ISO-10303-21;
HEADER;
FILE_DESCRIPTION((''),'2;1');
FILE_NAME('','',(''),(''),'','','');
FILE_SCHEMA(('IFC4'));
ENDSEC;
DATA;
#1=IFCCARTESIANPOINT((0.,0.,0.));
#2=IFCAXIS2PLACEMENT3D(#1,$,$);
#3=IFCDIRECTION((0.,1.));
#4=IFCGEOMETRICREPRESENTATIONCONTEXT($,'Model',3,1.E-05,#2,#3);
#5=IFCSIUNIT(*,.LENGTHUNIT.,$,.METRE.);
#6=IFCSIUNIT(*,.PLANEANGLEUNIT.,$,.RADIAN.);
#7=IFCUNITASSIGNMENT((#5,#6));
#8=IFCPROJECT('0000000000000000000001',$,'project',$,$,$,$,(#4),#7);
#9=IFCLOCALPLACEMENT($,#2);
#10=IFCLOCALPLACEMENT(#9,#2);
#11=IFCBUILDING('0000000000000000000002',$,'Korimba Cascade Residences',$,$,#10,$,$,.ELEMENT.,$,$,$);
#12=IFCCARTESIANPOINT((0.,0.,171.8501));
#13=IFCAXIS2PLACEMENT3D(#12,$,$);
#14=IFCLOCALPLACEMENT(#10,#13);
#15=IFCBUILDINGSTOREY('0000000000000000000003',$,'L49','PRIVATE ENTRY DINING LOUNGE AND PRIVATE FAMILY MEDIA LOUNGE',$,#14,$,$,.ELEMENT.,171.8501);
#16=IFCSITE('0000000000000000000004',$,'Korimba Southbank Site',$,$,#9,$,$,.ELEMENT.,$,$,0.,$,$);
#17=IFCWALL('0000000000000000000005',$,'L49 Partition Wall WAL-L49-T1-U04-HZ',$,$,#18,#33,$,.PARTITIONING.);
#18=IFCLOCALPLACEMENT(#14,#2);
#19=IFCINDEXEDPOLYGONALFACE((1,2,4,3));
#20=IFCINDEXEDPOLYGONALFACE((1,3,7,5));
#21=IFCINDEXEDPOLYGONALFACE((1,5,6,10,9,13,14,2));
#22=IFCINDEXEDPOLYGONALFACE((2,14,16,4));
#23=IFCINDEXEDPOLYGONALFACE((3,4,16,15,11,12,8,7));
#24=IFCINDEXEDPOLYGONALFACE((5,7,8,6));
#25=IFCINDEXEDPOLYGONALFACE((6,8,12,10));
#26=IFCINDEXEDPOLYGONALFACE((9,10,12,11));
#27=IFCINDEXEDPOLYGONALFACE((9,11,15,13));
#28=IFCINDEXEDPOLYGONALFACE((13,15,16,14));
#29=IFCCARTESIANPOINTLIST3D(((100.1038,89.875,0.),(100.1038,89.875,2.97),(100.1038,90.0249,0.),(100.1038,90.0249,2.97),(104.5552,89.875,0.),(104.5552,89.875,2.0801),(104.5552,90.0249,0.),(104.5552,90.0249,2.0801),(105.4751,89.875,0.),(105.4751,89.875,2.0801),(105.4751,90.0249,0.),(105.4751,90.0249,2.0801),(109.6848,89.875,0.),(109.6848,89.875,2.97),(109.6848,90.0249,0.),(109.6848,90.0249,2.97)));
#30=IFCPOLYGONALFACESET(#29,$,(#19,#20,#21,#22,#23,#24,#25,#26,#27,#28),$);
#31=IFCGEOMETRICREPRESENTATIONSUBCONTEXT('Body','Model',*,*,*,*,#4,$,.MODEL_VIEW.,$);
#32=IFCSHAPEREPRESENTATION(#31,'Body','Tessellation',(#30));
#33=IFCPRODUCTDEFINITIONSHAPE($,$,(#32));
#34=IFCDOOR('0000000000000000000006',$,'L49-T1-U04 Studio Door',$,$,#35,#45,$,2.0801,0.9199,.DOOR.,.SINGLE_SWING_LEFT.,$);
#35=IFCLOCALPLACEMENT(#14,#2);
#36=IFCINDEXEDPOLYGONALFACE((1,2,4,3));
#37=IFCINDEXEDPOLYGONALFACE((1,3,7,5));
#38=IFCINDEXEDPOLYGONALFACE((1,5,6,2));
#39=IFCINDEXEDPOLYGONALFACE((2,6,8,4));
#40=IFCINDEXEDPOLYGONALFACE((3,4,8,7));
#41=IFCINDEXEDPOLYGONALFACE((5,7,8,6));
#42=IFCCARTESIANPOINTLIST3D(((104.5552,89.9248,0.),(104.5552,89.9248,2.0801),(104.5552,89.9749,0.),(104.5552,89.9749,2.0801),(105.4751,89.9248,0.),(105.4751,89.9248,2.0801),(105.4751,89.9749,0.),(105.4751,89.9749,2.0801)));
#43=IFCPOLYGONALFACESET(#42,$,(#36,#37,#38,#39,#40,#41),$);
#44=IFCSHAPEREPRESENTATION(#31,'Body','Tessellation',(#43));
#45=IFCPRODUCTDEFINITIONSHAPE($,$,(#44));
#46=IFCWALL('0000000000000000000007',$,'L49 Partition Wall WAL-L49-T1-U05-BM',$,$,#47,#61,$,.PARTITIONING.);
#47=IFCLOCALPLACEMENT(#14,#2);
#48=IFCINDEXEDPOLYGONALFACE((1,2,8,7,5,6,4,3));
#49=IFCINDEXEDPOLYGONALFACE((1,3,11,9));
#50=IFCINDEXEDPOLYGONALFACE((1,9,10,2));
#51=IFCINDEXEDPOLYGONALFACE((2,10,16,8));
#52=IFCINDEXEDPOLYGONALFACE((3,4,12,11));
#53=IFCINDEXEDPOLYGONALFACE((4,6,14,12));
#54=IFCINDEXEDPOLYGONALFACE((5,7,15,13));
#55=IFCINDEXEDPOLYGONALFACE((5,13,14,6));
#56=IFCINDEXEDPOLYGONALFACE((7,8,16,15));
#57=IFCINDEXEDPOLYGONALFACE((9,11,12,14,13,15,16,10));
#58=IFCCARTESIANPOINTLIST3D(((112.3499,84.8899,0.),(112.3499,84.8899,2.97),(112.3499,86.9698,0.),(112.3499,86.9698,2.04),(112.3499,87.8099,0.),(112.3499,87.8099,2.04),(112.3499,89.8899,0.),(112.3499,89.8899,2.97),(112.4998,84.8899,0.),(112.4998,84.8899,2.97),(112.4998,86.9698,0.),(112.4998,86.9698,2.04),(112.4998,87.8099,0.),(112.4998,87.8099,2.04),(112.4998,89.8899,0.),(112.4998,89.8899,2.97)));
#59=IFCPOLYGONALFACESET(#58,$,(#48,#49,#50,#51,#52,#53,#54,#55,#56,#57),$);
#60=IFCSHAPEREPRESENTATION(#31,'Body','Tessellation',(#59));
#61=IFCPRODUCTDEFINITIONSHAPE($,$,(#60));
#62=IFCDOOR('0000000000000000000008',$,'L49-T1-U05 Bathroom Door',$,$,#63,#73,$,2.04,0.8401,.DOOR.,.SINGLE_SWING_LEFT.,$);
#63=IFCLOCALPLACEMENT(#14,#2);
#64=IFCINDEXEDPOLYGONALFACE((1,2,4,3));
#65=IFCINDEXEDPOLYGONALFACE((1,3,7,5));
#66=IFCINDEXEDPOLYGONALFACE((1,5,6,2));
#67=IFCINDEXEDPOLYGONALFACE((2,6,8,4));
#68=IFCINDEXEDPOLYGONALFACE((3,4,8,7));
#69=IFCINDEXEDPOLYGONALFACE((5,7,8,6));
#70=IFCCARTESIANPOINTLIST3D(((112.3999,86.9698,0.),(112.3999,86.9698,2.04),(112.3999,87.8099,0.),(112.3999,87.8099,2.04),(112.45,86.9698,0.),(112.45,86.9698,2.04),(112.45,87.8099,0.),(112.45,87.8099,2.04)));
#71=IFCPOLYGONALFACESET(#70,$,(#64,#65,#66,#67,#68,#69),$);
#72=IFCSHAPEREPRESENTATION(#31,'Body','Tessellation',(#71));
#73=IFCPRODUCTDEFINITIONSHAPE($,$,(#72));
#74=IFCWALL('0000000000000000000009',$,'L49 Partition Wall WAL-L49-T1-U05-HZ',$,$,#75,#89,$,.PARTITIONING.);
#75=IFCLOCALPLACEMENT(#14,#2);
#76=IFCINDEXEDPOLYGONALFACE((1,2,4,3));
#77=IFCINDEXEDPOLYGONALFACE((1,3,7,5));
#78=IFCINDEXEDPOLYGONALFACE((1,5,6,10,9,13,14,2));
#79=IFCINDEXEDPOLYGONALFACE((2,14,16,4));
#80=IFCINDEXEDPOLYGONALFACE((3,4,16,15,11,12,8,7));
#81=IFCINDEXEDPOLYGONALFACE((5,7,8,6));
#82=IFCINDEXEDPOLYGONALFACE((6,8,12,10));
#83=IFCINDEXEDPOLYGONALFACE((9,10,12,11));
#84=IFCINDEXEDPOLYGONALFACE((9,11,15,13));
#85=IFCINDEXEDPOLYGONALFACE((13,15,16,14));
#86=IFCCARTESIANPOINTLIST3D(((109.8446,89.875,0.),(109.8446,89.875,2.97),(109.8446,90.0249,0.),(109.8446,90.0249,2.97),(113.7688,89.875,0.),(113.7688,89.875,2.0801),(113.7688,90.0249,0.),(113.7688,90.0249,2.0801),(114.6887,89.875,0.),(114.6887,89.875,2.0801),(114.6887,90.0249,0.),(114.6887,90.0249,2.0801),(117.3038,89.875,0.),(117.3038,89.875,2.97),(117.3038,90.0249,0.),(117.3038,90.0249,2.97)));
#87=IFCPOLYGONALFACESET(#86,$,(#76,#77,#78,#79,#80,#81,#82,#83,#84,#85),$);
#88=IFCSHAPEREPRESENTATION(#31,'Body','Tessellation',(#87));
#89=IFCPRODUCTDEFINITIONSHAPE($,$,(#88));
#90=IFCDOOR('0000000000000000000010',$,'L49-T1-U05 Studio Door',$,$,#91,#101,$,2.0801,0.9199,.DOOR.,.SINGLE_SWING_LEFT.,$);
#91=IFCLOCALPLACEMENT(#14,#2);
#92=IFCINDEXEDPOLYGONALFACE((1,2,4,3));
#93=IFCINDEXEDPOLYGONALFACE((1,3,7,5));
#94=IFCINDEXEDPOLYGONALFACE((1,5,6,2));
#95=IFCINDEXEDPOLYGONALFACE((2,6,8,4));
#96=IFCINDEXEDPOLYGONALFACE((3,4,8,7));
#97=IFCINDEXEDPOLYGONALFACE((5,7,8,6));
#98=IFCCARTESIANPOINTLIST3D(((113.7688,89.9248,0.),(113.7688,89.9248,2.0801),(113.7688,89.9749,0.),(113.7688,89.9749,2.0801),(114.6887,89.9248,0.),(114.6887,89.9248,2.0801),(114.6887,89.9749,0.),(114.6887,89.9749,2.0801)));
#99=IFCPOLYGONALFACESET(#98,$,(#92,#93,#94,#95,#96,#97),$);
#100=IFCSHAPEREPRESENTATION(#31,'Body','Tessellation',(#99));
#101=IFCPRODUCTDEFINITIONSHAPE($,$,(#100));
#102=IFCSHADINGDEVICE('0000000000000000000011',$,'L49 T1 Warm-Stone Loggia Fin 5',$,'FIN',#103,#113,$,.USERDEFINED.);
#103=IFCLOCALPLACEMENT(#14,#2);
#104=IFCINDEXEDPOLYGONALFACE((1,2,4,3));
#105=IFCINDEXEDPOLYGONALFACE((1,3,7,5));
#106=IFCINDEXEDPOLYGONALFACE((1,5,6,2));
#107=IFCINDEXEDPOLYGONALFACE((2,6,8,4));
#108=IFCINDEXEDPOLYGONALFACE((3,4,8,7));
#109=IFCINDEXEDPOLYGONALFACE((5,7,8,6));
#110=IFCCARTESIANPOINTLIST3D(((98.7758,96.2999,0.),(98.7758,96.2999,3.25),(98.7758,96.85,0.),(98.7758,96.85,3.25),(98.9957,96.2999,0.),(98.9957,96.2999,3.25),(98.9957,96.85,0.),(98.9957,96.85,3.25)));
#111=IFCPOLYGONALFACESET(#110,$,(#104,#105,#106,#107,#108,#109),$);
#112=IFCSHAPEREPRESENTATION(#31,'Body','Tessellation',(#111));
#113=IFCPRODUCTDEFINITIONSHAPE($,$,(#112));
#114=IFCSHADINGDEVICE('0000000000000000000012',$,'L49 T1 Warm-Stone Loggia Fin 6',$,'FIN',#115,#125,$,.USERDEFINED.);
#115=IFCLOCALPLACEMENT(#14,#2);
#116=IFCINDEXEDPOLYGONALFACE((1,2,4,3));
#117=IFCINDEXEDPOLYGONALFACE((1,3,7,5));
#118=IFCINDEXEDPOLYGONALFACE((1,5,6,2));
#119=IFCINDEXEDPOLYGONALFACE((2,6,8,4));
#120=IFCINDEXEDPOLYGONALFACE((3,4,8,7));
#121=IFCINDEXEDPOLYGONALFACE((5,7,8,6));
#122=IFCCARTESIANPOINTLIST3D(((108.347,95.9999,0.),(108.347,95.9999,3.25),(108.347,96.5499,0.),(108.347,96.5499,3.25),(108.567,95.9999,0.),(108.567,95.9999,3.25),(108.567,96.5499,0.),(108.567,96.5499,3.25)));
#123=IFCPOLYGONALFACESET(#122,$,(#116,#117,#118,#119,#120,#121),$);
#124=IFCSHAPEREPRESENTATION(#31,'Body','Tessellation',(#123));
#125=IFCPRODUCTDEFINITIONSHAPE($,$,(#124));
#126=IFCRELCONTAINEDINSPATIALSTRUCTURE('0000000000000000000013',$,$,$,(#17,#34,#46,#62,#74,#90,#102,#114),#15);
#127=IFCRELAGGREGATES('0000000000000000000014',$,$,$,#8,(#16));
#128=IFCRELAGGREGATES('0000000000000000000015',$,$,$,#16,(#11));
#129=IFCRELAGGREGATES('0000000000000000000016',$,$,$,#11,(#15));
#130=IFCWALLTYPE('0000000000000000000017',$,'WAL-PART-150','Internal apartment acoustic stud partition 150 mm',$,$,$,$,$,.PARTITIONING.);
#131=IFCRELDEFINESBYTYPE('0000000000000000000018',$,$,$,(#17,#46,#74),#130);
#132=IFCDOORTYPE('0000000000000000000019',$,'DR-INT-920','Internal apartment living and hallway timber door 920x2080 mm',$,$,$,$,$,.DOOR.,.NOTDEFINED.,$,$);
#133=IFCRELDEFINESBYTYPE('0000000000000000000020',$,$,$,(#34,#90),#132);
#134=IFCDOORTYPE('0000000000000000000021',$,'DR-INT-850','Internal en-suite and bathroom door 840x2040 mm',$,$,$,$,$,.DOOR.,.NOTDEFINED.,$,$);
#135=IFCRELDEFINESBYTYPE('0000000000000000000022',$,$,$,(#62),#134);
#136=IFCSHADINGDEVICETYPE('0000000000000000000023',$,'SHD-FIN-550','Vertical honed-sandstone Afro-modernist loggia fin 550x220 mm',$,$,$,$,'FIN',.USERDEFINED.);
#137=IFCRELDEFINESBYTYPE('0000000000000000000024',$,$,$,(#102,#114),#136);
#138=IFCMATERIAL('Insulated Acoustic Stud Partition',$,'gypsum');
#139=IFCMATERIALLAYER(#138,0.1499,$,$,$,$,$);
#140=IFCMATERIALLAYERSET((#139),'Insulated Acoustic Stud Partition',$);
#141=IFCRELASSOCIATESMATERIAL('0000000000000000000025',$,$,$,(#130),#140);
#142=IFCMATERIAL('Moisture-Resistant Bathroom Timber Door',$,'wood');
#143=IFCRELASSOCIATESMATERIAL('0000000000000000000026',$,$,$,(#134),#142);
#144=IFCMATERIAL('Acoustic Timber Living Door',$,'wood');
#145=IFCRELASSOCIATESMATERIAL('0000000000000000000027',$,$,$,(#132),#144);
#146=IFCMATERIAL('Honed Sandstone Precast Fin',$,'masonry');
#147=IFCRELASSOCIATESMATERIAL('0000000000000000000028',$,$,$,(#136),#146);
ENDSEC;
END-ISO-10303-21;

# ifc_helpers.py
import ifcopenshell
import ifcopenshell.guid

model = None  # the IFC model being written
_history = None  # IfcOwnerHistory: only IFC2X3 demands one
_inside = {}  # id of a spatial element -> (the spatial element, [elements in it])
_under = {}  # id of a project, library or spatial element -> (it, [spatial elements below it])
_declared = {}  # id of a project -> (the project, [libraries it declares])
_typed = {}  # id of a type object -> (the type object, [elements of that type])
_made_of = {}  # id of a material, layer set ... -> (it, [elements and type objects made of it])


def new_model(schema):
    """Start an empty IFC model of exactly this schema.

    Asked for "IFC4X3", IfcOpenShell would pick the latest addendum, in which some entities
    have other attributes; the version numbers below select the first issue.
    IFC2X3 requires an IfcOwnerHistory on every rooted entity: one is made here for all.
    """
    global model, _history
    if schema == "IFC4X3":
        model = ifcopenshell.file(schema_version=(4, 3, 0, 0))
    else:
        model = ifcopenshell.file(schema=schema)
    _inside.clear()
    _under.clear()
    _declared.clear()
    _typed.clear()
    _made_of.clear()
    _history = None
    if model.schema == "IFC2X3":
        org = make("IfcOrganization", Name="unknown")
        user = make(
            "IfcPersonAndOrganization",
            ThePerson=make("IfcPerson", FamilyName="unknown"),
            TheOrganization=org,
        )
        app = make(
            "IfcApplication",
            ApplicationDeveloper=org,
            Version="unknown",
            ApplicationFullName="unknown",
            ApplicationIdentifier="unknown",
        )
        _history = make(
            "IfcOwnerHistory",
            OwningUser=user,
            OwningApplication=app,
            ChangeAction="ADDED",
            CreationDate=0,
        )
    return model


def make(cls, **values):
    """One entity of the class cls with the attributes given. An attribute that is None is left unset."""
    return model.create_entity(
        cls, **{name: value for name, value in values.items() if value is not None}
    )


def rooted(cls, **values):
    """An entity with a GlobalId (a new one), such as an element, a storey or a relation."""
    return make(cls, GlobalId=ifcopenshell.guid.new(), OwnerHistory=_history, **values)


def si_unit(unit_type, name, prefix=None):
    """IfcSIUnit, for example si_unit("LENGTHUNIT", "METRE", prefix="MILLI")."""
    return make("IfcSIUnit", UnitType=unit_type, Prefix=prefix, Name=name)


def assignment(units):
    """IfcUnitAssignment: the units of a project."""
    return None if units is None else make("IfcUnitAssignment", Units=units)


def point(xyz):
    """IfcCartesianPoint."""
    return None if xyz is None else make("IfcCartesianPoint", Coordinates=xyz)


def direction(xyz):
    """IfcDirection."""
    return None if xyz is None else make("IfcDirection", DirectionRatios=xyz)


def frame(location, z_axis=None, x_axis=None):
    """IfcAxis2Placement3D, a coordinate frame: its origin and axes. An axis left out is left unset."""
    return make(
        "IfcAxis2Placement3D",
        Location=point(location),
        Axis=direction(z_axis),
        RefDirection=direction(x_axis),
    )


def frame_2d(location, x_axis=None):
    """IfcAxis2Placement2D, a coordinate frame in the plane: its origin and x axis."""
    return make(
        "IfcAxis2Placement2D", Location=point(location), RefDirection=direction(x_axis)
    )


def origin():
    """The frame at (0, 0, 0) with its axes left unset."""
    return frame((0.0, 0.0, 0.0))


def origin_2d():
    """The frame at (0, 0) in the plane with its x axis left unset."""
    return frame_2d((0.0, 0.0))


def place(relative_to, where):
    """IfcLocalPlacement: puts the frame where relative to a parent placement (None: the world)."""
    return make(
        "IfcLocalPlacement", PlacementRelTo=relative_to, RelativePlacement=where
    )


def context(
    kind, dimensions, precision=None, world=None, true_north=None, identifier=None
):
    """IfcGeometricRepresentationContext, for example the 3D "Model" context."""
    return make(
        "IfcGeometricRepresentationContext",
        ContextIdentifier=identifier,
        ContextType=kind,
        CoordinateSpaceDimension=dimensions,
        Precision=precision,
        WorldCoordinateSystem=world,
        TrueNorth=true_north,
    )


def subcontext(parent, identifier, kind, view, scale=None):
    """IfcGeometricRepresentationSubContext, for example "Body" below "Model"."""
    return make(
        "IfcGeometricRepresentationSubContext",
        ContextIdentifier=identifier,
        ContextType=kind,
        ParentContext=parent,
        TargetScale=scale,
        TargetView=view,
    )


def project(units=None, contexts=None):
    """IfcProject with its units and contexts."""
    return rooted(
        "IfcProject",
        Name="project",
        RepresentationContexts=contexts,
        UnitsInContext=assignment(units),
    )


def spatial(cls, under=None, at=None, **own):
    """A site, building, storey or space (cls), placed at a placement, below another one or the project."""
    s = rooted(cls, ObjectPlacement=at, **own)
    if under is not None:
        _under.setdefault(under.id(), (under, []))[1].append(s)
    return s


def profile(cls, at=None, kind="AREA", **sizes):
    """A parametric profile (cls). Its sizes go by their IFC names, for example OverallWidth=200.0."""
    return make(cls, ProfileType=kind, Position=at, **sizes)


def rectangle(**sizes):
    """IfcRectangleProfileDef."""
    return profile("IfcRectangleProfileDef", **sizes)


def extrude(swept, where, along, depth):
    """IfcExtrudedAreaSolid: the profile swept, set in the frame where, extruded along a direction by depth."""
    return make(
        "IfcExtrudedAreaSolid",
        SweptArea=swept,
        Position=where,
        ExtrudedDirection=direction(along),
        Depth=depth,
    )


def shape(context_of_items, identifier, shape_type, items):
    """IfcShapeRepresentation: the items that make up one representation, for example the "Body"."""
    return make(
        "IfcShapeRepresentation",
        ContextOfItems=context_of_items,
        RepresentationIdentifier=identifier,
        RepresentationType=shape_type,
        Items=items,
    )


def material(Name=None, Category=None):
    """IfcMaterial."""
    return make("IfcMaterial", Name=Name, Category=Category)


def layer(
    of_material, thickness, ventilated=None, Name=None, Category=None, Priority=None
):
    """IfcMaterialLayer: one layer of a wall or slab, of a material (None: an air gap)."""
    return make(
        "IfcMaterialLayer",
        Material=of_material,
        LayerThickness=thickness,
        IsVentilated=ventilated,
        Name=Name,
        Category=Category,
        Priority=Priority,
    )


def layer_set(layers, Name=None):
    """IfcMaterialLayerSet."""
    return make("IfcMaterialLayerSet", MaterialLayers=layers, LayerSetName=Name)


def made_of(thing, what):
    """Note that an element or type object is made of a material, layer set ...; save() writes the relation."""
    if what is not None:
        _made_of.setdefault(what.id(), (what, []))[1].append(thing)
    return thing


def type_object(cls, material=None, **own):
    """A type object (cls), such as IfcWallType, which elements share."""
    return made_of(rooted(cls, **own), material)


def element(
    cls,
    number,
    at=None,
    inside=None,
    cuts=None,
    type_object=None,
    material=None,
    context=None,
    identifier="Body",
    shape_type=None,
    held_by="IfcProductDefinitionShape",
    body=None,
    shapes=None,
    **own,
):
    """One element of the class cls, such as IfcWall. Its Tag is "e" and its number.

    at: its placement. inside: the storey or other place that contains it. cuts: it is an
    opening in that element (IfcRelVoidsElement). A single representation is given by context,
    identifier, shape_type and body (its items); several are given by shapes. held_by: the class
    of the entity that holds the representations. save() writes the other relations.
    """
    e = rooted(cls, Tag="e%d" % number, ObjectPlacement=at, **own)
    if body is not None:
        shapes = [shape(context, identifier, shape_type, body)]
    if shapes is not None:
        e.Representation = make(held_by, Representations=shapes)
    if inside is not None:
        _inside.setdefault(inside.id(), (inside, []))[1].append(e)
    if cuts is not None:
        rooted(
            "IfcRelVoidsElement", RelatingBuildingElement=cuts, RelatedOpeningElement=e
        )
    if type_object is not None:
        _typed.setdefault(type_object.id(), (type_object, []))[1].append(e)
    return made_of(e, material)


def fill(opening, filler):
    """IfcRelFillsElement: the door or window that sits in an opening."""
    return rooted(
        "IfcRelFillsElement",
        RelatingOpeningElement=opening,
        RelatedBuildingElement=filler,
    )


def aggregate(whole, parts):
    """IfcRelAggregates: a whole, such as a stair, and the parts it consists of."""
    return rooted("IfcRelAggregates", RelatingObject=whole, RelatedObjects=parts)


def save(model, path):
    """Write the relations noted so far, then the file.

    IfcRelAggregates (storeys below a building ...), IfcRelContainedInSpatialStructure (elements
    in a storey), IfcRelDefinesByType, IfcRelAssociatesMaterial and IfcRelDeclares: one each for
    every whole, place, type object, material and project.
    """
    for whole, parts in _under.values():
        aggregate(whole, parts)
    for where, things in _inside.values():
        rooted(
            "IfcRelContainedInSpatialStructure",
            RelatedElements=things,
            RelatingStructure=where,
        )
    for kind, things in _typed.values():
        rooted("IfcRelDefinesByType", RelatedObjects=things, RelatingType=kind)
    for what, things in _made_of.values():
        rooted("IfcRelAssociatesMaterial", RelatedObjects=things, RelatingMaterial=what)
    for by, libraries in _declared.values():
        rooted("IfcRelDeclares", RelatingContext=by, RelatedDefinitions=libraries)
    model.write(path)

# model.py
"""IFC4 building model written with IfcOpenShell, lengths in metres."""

from ifc_helpers import new_model, si_unit, direction, frame, frame_2d, origin, origin_2d, place, context, subcontext, project, spatial, rectangle, extrude, material, layer, layer_set, type_object, element, fill, save


model = new_model("IFC4")

# Units and contexts
model_context = context("Model", 3, precision=1e-05, world=origin(), true_north=direction((0.0, 1.0)))
body_context = subcontext(model_context, "Body", "Model", "MODEL_VIEW")
ifc_project = project(units=[si_unit("LENGTHUNIT", "METRE"), si_unit("PLANEANGLEUNIT", "RADIAN")], contexts=[model_context])

# Site, building, storey
site_placement = place(None, origin())
site = spatial("IfcSite", under=ifc_project, at=site_placement, Name="Korimba Southbank Site", CompositionType="ELEMENT", RefElevation=0.0)
building_placement = place(site_placement, origin())
building = spatial("IfcBuilding", under=site, at=building_placement, Name="Korimba Cascade Residences", CompositionType="ELEMENT")
storey_placement = place(building_placement, frame((0.0, 0.0, 171.8501)))
storey = spatial("IfcBuildingStorey", under=building, at=storey_placement, Name="L49", Description="PRIVATE ENTRY DINING LOUNGE AND PRIVATE FAMILY MEDIA LOUNGE", CompositionType="ELEMENT", Elevation=171.8501)

# Walls, openings, doors
ifc_material_1 = material(Name="Insulated Acoustic Stud Partition", Category="gypsum")
ifc_layer = layer(ifc_material_1, 0.1499)
ifc_layer_set = layer_set([ifc_layer], Name="Insulated Acoustic Stud Partition")
wall_type = type_object("IfcWallType", Name="WAL-PART-150", Description="Internal apartment acoustic stud partition 150 mm", PredefinedType="PARTITIONING", material=ifc_layer_set)
ifc_material_2 = material(Name="Moisture-Resistant Bathroom Timber Door", Category="wood")
door_type_1 = type_object("IfcDoorType", Name="DR-INT-850", Description="Internal en-suite and bathroom door 840x2040 mm", OperationType="NOTDEFINED", PredefinedType="DOOR", material=ifc_material_2)
wall_1_placement = place(storey_placement, frame((100.1038, 89.95, 0.0), z_axis=(0.0, 0.0, 1.0), x_axis=(1.0, 0.0, 0.0)))
wall_1 = element("IfcWall", 1, at=wall_1_placement, inside=storey, type_object=wall_type, Name="L49 Partition Wall WAL-L49-T1-U04-HZ", PredefinedType="PARTITIONING", context=body_context, shape_type="SweptSolid", body=[
    extrude(rectangle(XDim=9.5811, YDim=0.1499, at=frame_2d((4.7905, 0.0))), origin(), (0.0, 0.0, 1.0), 2.97),
])
opening_1_placement = place(wall_1_placement, frame((4.4514, 0.0, 0.0)))
opening_1 = element("IfcOpeningElement", 2, at=opening_1_placement, cuts=wall_1, PredefinedType="OPENING", context=body_context, shape_type="SweptSolid", body=[
    extrude(rectangle(XDim=0.9199, YDim=2.0801, at=frame_2d((0.46, 1.04))), frame((0.0, 0.085, 0.0), z_axis=(0.0, -1.0, 0.0), x_axis=(1.0, 0.0, 0.0)), (0.0, 0.0, 1.0), 0.1699),
])
ifc_material_3 = material(Name="Acoustic Timber Living Door", Category="wood")
door_type_2 = type_object("IfcDoorType", Name="DR-INT-920", Description="Internal apartment living and hallway timber door 920x2080 mm", OperationType="NOTDEFINED", PredefinedType="DOOR", material=ifc_material_3)
door_1_placement = place(opening_1_placement, origin())
door_1 = element("IfcDoor", 3, at=door_1_placement, inside=storey, type_object=door_type_2, Name="L49-T1-U04 Studio Door", OperationType="SINGLE_SWING_LEFT", OverallHeight=2.0801, OverallWidth=0.9199, PredefinedType="DOOR", context=body_context, shape_type="SweptSolid", body=[
    extrude(rectangle(XDim=0.9199, YDim=2.0801, at=frame_2d((0.46, 1.04))), frame((0.0, 0.0249, 0.0), z_axis=(0.0, -1.0, 0.0), x_axis=(1.0, 0.0, 0.0)), (0.0, 0.0, 1.0), 0.05),
])
fill(opening_1, door_1)
wall_2_placement = place(storey_placement, frame((112.4248, 84.8899, 0.0), z_axis=(0.0, 0.0, 1.0), x_axis=(0.0, 1.0, 0.0)))
wall_2 = element("IfcWall", 4, at=wall_2_placement, inside=storey, type_object=wall_type, Name="L49 Partition Wall WAL-L49-T1-U05-BM", PredefinedType="PARTITIONING", context=body_context, shape_type="SweptSolid", body=[
    extrude(rectangle(XDim=5.0, YDim=0.1499, at=frame_2d((2.5, 0.0))), origin(), (0.0, 0.0, 1.0), 2.97),
])
opening_2_placement = place(wall_2_placement, frame((2.0801, 0.0, 0.0)))
opening_2 = element("IfcOpeningElement", 5, at=opening_2_placement, cuts=wall_2, PredefinedType="OPENING", context=body_context, shape_type="SweptSolid", body=[
    extrude(rectangle(XDim=0.8401, YDim=2.04, at=frame_2d((0.4199, 1.02))), frame((0.0, 0.085, 0.0), z_axis=(0.0, -1.0, 0.0), x_axis=(1.0, 0.0, 0.0)), (0.0, 0.0, 1.0), 0.1699),
])
door_2_placement = place(opening_2_placement, origin())
door_2 = element("IfcDoor", 6, at=door_2_placement, inside=storey, type_object=door_type_1, Name="L49-T1-U05 Bathroom Door", OperationType="SINGLE_SWING_LEFT", OverallHeight=2.04, OverallWidth=0.8401, PredefinedType="DOOR", context=body_context, shape_type="SweptSolid", body=[
    extrude(rectangle(XDim=0.8401, YDim=2.04, at=frame_2d((0.4199, 1.02))), frame((0.0, 0.0249, 0.0), z_axis=(0.0, -1.0, 0.0), x_axis=(1.0, 0.0, 0.0)), (0.0, 0.0, 1.0), 0.05),
])
fill(opening_2, door_2)
wall_3_placement = place(storey_placement, frame((109.8447, 89.95, 0.0), z_axis=(0.0, 0.0, 1.0), x_axis=(1.0, 0.0, 0.0)))
wall_3 = element("IfcWall", 7, at=wall_3_placement, inside=storey, type_object=wall_type, Name="L49 Partition Wall WAL-L49-T1-U05-HZ", PredefinedType="PARTITIONING", context=body_context, shape_type="SweptSolid", body=[
    extrude(rectangle(XDim=7.4592, YDim=0.1499, at=frame_2d((3.7295, 0.0))), origin(), (0.0, 0.0, 1.0), 2.97),
])
opening_3_placement = place(wall_3_placement, frame((3.9241, 0.0, 0.0)))
opening_3 = element("IfcOpeningElement", 8, at=opening_3_placement, cuts=wall_3, PredefinedType="OPENING", context=body_context, shape_type="SweptSolid", body=[
    extrude(rectangle(XDim=0.9199, YDim=2.0801, at=frame_2d((0.46, 1.04))), frame((0.0, 0.085, 0.0), z_axis=(0.0, -1.0, 0.0), x_axis=(1.0, 0.0, 0.0)), (0.0, 0.0, 1.0), 0.1699),
])
door_3_placement = place(opening_3_placement, origin())
door_3 = element("IfcDoor", 9, at=door_3_placement, inside=storey, type_object=door_type_2, Name="L49-T1-U05 Studio Door", OperationType="SINGLE_SWING_LEFT", OverallHeight=2.0801, OverallWidth=0.9199, PredefinedType="DOOR", context=body_context, shape_type="SweptSolid", body=[
    extrude(rectangle(XDim=0.9199, YDim=2.0801, at=frame_2d((0.46, 1.04))), frame((0.0, 0.0249, 0.0), z_axis=(0.0, -1.0, 0.0), x_axis=(1.0, 0.0, 0.0)), (0.0, 0.0, 1.0), 0.05),
])
fill(opening_3, door_3)

# Shading devices
ifc_material_4 = material(Name="Honed Sandstone Precast Fin", Category="masonry")
shading_device_type = type_object("IfcShadingDeviceType", Name="SHD-FIN-550", Description="Vertical honed-sandstone Afro-modernist loggia fin 550x220 mm", ElementType="FIN", PredefinedType="USERDEFINED", material=ifc_material_4)
for number, where, z_axis, x_axis, name in (
    (10, (98.8857, 96.575, 0.0), (0.0, 0.0, 1.0), (1.0, 0.0, 0.0), "L49 T1 Warm-Stone Loggia Fin 5"),
    (11, (108.457, 96.2749, 0.0), (0.0, 0.0, 1.0), (1.0, 0.0, 0.0), "L49 T1 Warm-Stone Loggia Fin 6"),
):
    element("IfcShadingDevice", number, at=place(storey_placement, frame(where, z_axis=z_axis, x_axis=x_axis)), inside=storey, type_object=shading_device_type, Name=name, ObjectType="FIN", PredefinedType="USERDEFINED", context=body_context, shape_type="SweptSolid", body=[
        extrude(rectangle(XDim=0.22, YDim=0.55, at=origin_2d()), origin(), (0.0, 0.0, 1.0), 3.25),
    ])

save(model, "model.ifc")
